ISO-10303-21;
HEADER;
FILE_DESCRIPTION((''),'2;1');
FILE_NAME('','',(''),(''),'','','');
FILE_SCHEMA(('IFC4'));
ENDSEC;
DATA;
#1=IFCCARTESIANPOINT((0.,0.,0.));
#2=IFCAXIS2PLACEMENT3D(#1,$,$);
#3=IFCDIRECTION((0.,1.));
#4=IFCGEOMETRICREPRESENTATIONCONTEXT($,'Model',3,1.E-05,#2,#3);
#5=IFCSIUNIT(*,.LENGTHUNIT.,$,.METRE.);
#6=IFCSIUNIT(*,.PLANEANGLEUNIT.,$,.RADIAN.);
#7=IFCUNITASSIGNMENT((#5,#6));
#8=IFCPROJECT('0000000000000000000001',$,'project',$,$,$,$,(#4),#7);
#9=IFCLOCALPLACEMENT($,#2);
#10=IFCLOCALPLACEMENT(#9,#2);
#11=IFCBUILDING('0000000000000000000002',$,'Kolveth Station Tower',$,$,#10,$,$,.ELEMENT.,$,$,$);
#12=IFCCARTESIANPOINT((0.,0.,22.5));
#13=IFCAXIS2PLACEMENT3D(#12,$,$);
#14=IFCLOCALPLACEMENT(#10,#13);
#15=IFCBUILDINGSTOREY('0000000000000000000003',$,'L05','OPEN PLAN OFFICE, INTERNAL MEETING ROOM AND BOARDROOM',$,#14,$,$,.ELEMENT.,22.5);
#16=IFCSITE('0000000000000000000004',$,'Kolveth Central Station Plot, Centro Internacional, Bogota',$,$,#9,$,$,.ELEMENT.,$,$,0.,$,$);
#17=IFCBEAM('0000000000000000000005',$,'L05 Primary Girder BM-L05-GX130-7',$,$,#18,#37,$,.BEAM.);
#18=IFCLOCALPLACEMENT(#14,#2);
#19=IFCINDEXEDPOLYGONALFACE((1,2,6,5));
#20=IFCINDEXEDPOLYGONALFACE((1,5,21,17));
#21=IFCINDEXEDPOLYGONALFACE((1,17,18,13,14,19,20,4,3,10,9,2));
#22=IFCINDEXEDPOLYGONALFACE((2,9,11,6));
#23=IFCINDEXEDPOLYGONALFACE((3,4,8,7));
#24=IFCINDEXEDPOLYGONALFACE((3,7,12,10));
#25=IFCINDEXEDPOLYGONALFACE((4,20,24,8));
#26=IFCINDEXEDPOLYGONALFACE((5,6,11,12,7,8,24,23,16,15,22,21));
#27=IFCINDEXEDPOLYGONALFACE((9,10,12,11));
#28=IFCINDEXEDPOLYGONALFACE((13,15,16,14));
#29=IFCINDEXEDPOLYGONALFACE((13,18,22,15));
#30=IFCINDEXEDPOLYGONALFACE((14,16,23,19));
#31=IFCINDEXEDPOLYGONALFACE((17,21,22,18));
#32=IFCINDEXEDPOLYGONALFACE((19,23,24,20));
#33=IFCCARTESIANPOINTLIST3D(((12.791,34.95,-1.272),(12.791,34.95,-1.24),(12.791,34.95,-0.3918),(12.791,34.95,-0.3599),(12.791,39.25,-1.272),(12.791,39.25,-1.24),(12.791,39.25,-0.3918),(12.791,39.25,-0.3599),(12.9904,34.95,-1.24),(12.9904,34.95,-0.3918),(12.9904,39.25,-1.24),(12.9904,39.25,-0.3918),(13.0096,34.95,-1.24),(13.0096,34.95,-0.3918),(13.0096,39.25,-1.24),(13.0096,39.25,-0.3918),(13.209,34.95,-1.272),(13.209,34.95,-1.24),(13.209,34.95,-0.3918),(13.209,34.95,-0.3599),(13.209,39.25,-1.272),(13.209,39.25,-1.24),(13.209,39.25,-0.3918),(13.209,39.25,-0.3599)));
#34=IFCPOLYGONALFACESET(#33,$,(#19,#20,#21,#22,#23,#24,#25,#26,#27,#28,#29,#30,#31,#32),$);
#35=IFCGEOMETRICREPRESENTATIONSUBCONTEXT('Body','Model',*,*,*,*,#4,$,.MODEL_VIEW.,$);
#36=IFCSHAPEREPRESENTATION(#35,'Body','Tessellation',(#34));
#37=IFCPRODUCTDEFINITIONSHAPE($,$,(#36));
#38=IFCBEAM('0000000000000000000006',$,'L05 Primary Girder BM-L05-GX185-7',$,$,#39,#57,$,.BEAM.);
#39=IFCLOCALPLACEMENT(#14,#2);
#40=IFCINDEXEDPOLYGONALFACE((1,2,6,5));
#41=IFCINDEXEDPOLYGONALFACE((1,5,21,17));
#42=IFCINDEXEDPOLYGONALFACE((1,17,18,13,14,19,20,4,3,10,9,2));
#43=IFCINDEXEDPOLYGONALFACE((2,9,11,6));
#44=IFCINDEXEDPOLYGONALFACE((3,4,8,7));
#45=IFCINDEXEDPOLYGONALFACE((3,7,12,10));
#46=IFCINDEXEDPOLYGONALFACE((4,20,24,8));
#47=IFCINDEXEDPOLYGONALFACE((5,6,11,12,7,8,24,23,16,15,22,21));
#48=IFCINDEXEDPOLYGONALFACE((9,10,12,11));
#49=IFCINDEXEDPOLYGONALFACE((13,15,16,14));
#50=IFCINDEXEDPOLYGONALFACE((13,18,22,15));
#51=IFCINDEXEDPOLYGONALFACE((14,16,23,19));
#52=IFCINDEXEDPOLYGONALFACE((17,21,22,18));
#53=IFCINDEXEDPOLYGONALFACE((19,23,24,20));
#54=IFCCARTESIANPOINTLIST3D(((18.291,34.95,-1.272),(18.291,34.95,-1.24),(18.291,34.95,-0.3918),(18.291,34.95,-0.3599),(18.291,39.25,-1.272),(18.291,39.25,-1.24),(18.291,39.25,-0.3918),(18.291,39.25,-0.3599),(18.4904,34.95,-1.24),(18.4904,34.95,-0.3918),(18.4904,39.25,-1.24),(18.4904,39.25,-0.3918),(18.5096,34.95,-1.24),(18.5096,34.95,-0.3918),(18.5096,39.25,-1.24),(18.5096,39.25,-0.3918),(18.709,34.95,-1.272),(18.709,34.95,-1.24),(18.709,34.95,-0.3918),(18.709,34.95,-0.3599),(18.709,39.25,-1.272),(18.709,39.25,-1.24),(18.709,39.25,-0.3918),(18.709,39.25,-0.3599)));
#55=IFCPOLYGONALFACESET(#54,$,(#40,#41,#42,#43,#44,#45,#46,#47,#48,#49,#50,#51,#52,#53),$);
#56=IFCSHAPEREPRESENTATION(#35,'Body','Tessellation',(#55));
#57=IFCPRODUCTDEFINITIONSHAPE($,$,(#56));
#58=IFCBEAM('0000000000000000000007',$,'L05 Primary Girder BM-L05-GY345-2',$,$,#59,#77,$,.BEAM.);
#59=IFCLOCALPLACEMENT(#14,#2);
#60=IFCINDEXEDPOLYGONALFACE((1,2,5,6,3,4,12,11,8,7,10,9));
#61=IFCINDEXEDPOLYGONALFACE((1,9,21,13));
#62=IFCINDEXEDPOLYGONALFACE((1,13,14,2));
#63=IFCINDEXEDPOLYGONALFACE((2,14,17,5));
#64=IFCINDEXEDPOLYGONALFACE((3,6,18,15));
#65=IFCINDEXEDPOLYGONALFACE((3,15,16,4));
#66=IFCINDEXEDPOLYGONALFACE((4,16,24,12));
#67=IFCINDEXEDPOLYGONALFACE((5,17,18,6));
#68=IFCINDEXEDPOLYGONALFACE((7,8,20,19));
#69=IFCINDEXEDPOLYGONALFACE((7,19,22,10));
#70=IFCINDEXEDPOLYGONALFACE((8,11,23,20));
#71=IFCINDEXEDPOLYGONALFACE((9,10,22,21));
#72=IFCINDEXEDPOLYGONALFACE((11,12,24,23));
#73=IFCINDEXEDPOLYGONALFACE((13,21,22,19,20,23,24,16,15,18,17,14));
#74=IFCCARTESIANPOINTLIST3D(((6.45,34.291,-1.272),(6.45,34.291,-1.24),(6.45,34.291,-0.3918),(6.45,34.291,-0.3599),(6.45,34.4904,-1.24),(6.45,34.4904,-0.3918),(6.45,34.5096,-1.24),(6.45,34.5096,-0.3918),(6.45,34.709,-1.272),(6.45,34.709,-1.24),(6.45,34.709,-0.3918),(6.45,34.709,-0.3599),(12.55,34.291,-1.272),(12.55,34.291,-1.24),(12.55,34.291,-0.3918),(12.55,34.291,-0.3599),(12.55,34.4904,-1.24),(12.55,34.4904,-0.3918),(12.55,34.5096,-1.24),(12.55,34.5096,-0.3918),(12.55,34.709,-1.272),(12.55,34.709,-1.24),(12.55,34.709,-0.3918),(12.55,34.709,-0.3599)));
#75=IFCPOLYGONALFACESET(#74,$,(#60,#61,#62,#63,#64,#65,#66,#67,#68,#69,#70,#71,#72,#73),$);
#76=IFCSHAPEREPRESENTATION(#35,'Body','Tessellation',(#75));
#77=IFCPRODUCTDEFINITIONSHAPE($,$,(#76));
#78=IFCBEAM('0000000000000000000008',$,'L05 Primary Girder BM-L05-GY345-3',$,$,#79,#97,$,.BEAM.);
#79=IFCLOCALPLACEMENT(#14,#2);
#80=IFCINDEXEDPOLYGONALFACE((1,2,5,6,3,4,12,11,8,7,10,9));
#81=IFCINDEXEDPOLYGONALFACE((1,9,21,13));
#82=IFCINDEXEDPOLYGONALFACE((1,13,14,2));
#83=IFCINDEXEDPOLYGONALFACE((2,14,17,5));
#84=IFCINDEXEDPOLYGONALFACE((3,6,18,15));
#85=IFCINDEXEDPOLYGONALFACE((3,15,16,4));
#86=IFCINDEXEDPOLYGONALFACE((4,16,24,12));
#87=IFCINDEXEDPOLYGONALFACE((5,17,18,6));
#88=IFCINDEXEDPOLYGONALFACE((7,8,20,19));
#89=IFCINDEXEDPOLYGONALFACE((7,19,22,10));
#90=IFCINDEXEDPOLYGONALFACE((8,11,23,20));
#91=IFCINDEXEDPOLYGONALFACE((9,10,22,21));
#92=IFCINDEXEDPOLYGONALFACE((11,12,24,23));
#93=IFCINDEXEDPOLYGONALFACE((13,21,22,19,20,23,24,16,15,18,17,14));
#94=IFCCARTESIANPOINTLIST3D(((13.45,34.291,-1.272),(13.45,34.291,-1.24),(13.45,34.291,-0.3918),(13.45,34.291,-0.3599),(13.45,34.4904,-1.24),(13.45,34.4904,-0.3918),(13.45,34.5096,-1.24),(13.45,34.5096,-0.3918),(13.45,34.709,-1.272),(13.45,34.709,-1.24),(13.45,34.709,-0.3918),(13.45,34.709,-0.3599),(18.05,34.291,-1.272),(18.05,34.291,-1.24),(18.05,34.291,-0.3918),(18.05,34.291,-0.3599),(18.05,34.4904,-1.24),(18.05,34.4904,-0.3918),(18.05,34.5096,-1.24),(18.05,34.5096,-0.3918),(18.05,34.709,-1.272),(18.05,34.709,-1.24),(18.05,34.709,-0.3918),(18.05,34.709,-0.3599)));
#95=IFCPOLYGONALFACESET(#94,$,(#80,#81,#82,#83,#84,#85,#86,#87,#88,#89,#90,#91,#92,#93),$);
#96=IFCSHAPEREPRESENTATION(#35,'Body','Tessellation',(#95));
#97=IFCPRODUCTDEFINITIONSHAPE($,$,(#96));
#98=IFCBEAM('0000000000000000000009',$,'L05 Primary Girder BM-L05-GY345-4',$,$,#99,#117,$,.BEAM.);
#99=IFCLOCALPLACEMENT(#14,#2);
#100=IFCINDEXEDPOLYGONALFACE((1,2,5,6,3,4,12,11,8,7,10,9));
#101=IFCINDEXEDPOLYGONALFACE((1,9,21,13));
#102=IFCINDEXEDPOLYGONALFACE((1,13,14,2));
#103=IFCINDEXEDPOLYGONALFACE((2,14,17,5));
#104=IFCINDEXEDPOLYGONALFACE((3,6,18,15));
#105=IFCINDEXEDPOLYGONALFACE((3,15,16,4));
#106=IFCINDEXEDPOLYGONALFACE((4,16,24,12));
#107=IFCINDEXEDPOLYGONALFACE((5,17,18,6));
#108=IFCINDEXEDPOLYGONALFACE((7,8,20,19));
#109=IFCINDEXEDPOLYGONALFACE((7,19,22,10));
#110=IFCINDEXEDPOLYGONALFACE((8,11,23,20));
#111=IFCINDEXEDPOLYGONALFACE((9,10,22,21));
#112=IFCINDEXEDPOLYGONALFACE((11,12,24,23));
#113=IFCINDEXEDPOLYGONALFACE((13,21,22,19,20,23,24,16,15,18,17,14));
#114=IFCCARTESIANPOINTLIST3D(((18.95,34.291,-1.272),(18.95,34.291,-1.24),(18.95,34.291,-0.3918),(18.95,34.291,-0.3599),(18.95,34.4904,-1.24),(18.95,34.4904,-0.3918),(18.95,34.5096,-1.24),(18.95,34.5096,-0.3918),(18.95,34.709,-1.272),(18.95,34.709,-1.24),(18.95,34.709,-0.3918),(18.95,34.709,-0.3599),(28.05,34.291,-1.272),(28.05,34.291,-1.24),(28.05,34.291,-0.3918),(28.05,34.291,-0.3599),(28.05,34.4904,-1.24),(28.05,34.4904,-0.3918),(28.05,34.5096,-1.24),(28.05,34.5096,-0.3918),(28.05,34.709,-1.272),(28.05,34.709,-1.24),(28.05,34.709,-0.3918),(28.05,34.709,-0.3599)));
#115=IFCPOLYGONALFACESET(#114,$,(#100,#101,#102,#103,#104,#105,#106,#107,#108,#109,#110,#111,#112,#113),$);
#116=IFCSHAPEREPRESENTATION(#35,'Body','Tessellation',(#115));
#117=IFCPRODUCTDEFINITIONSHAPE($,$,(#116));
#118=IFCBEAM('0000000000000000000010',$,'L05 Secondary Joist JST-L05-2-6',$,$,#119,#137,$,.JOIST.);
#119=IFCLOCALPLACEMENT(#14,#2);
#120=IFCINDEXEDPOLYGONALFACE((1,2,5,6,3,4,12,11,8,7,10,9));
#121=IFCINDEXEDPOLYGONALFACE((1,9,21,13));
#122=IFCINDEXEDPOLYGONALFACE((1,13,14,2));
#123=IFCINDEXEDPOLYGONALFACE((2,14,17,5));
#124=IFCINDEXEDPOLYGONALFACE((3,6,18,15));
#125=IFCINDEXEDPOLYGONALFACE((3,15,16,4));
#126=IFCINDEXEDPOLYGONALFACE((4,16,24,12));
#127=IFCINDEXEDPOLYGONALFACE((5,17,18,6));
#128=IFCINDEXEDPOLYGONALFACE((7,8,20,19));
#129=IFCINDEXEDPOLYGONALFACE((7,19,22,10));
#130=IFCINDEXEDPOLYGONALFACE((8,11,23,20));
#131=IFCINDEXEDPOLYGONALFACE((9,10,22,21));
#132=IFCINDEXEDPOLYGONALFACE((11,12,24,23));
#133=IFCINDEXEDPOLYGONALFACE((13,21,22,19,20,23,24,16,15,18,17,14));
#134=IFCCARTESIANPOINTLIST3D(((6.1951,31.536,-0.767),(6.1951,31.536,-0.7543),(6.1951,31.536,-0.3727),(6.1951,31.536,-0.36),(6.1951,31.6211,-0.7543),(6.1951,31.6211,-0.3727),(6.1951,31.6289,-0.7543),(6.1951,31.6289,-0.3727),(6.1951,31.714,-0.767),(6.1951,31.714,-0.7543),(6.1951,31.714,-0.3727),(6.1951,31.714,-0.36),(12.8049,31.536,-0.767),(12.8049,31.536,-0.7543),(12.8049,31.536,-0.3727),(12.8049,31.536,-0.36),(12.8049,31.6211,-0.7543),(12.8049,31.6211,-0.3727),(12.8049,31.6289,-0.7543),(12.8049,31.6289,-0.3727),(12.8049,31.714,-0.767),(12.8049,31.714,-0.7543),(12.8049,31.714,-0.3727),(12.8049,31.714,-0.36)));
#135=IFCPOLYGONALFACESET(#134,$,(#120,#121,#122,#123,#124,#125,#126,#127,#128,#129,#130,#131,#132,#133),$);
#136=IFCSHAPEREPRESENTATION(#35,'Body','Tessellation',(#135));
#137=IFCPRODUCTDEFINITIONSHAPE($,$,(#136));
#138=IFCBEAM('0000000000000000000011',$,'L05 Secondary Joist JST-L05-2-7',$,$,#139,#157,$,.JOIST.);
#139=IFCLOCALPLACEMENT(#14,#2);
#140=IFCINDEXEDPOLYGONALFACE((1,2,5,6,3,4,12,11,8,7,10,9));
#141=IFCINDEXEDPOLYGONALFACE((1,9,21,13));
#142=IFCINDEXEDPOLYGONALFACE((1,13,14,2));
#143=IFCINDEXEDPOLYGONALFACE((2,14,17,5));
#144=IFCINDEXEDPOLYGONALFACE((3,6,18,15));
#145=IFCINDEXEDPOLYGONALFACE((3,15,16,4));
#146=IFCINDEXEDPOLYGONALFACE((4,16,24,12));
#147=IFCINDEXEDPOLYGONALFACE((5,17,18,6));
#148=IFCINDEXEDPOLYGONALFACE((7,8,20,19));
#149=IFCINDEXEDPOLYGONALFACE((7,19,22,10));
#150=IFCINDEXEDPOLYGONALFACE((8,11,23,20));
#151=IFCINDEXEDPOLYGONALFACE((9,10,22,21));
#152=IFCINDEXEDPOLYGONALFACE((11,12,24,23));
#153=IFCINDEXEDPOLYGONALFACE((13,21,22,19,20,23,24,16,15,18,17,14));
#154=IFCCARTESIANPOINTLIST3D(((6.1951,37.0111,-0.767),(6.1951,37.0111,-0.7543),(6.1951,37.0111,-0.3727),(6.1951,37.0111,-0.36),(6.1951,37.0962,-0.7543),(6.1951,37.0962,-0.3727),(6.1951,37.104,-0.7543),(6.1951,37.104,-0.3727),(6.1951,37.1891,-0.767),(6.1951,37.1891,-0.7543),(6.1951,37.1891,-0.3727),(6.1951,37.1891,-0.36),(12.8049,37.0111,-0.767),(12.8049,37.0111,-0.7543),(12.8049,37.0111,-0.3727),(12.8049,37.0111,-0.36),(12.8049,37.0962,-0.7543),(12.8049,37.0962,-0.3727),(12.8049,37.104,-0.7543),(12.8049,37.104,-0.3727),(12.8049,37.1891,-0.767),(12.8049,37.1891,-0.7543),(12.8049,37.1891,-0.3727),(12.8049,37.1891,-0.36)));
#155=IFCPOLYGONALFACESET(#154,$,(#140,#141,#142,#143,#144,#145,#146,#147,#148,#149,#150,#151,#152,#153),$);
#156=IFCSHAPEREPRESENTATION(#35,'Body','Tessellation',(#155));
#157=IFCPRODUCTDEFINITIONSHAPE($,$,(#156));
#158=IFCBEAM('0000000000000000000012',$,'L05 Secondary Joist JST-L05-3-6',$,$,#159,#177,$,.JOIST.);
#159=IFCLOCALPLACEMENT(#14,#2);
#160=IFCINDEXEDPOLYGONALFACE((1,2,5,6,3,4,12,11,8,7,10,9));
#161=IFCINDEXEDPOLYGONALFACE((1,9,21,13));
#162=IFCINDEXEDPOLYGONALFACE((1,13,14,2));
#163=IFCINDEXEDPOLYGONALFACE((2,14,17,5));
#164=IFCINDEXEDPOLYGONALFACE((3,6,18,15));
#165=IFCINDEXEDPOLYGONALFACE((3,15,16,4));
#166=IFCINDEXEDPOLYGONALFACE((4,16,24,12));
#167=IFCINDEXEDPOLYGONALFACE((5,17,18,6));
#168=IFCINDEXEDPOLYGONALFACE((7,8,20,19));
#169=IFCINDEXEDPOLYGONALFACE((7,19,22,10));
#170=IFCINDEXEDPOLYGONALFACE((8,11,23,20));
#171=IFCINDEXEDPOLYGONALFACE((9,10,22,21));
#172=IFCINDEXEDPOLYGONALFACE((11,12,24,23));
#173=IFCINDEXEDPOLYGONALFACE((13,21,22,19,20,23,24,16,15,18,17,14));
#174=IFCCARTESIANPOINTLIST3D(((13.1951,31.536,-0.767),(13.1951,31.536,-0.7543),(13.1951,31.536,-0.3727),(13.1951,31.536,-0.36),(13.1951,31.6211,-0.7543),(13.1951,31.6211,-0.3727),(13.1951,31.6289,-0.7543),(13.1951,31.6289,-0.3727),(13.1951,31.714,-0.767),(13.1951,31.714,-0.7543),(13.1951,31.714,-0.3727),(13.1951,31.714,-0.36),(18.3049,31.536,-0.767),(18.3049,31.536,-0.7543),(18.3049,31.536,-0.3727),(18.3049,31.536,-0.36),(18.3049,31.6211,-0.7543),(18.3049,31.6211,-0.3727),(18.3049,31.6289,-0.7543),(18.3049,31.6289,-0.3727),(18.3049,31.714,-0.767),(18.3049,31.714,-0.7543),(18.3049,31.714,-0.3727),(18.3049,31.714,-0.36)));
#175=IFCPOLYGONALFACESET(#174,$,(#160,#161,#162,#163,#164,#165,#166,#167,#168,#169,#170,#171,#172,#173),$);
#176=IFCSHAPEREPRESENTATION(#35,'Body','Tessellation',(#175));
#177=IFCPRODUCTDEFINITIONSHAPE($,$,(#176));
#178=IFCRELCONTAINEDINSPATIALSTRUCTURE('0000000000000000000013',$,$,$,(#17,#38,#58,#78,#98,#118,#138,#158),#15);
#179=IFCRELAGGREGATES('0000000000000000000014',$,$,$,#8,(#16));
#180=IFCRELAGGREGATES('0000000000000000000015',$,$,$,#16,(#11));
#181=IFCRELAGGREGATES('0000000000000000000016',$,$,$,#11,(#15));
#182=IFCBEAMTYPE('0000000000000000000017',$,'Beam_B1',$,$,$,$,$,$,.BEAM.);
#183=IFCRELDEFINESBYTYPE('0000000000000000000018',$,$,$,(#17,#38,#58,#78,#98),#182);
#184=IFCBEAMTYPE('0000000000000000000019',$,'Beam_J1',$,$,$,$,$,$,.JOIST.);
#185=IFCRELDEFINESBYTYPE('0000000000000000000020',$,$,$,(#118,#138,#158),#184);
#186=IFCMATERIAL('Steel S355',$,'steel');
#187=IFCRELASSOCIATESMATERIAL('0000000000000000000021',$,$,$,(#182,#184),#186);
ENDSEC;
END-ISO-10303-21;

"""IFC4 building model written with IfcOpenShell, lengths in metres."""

from ifc_helpers import new_model, si_unit, direction, frame, origin, origin_2d, place, context, subcontext, project, spatial, i_section, extrude, source, transform, mapped, material, material_profile, profile_set, type_object, element, save


model = new_model("IFC4")

# Units and contexts
model_context = context("Model", 3, precision=1e-05, world=origin(), true_north=direction((0.0, 1.0)))
body_context = subcontext(model_context, "Body", "Model", "MODEL_VIEW")
ifc_project = project(units=[si_unit("LENGTHUNIT", "METRE"), si_unit("PLANEANGLEUNIT", "RADIAN")], contexts=[model_context])

# Site, building, storey
site_placement = place(None, origin())
site = spatial("IfcSite", under=ifc_project, at=site_placement, Name="Kolveth Central Station Plot, Centro Internacional, Bogota", CompositionType="ELEMENT", RefElevation=0.0)
building_placement = place(site_placement, origin())
building = spatial("IfcBuilding", under=site, at=building_placement, Name="Kolveth Station Tower", CompositionType="ELEMENT")
storey_placement = place(building_placement, frame((0.0, 0.0, 22.5)))
storey = spatial("IfcBuildingStorey", under=building, at=storey_placement, Name="L05", Description="OPEN PLAN OFFICE, INTERNAL MEETING ROOM AND BOARDROOM", CompositionType="ELEMENT", Elevation=22.5)

# Shared definitions
ifc_material_1 = material(Name="Steel S355", Category="steel")

# Beams
ifc_material_profile_1 = material_profile(ifc_material_1, i_section(OverallWidth=0.418, OverallDepth=0.9121, WebThickness=0.0193, FlangeThickness=0.032, at=origin_2d()), Name="W920x342")
ifc_profile_set_1 = profile_set([ifc_material_profile_1], Name="Steel S355")
beam_type_1 = type_object("IfcBeamType", Name="Beam_B1", PredefinedType="BEAM", material=ifc_profile_set_1)
shared_shape_1 = source(origin(), body_context, "Body", "SweptSolid", [
    extrude(i_section(OverallWidth=0.418, OverallDepth=0.9121, WebThickness=0.0193, FlangeThickness=0.032, at=origin_2d()), origin(), (0.0, 0.0, 1.0), 4.3),
])
for number, where, z_axis, x_axis, name in (
    (1, (13.0, 34.95, -0.8159), (0.0, 1.0, 0.0), (-1.0, 0.0, 0.0), "L05 Primary Girder BM-L05-GX130-7"),
    (2, (18.5, 34.95, -0.8159), (0.0, 1.0, 0.0), (-1.0, 0.0, 0.0), "L05 Primary Girder BM-L05-GX185-7"),
):
    element("IfcBeam", number, at=place(storey_placement, frame(where, z_axis=z_axis, x_axis=x_axis)), inside=storey, type_object=beam_type_1, Name=name, PredefinedType="BEAM", context=body_context, shape_type="MappedRepresentation", body=[
        mapped(shared_shape_1, transform((0.0, 0.0, 0.0), x_axis=(1.0, 0.0, 0.0), y_axis=(0.0, 1.0, 0.0), z_axis=(0.0, 0.0, 1.0), scale=1.0)),
    ])
shared_shape_2 = source(origin(), body_context, "Body", "SweptSolid", [
    extrude(i_section(OverallWidth=0.418, OverallDepth=0.9121, WebThickness=0.0193, FlangeThickness=0.032, at=origin_2d()), origin(), (0.0, 0.0, 1.0), 6.1001),
])
beam_1_placement = place(storey_placement, frame((6.45, 34.5, -0.8159), z_axis=(1.0, 0.0, 0.0), x_axis=(0.0, 1.0, 0.0)))
element("IfcBeam", 3, at=beam_1_placement, inside=storey, type_object=beam_type_1, Name="L05 Primary Girder BM-L05-GY345-2", PredefinedType="BEAM", context=body_context, shape_type="MappedRepresentation", body=[
    mapped(shared_shape_2, transform((0.0, 0.0, 0.0), x_axis=(1.0, 0.0, 0.0), y_axis=(0.0, 1.0, 0.0), z_axis=(0.0, 0.0, 1.0), scale=1.0)),
])
shared_shape_3 = source(origin(), body_context, "Body", "SweptSolid", [
    extrude(i_section(OverallWidth=0.418, OverallDepth=0.9121, WebThickness=0.0193, FlangeThickness=0.032, at=origin_2d()), origin(), (0.0, 0.0, 1.0), 4.6001),
])
beam_2_placement = place(storey_placement, frame((13.45, 34.5, -0.8159), z_axis=(1.0, 0.0, 0.0), x_axis=(0.0, 1.0, 0.0)))
element("IfcBeam", 4, at=beam_2_placement, inside=storey, type_object=beam_type_1, Name="L05 Primary Girder BM-L05-GY345-3", PredefinedType="BEAM", context=body_context, shape_type="MappedRepresentation", body=[
    mapped(shared_shape_3, transform((0.0, 0.0, 0.0), x_axis=(1.0, 0.0, 0.0), y_axis=(0.0, 1.0, 0.0), z_axis=(0.0, 0.0, 1.0), scale=1.0)),
])
shared_shape_4 = source(origin(), body_context, "Body", "SweptSolid", [
    extrude(i_section(OverallWidth=0.418, OverallDepth=0.9121, WebThickness=0.0193, FlangeThickness=0.032, at=origin_2d()), origin(), (0.0, 0.0, 1.0), 9.1001),
])
beam_3_placement = place(storey_placement, frame((18.95, 34.5, -0.8159), z_axis=(1.0, 0.0, 0.0), x_axis=(0.0, 1.0, 0.0)))
element("IfcBeam", 5, at=beam_3_placement, inside=storey, type_object=beam_type_1, Name="L05 Primary Girder BM-L05-GY345-4", PredefinedType="BEAM", context=body_context, shape_type="MappedRepresentation", body=[
    mapped(shared_shape_4, transform((0.0, 0.0, 0.0), x_axis=(1.0, 0.0, 0.0), y_axis=(0.0, 1.0, 0.0), z_axis=(0.0, 0.0, 1.0), scale=1.0)),
])
ifc_material_profile_2 = material_profile(ifc_material_1, i_section(OverallWidth=0.178, OverallDepth=0.407, WebThickness=0.0078, FlangeThickness=0.0127, at=origin_2d()), Name="W410x60")
ifc_profile_set_2 = profile_set([ifc_material_profile_2], Name="Steel S355")
beam_type_2 = type_object("IfcBeamType", Name="Beam_J1", PredefinedType="JOIST", material=ifc_profile_set_2)
shared_shape_5 = source(origin(), body_context, "Body", "SweptSolid", [
    extrude(i_section(OverallWidth=0.178, OverallDepth=0.407, WebThickness=0.0078, FlangeThickness=0.0127, at=origin_2d()), origin(), (0.0, 0.0, 1.0), 6.6099),
])
for number, where, z_axis, x_axis, name in (
    (6, (6.1951, 31.625, -0.5635), (1.0, 0.0, 0.0), (0.0, 1.0, 0.0), "L05 Secondary Joist JST-L05-2-6"),
    (7, (6.1951, 37.1001, -0.5635), (1.0, 0.0, 0.0), (0.0, 1.0, 0.0), "L05 Secondary Joist JST-L05-2-7"),
):
    element("IfcBeam", number, at=place(storey_placement, frame(where, z_axis=z_axis, x_axis=x_axis)), inside=storey, type_object=beam_type_2, Name=name, PredefinedType="JOIST", context=body_context, shape_type="MappedRepresentation", body=[
        mapped(shared_shape_5, transform((0.0, 0.0, 0.0), x_axis=(1.0, 0.0, 0.0), y_axis=(0.0, 1.0, 0.0), z_axis=(0.0, 0.0, 1.0), scale=1.0)),
    ])
shared_shape_6 = source(origin(), body_context, "Body", "SweptSolid", [
    extrude(i_section(OverallWidth=0.178, OverallDepth=0.407, WebThickness=0.0078, FlangeThickness=0.0127, at=origin_2d()), origin(), (0.0, 0.0, 1.0), 5.1099),
])
for number, where, z_axis, x_axis, name in (
    (8, (13.1951, 31.625, -0.5635), (1.0, 0.0, 0.0), (0.0, 1.0, 0.0), "L05 Secondary Joist JST-L05-3-6"),
):
    element("IfcBeam", number, at=place(storey_placement, frame(where, z_axis=z_axis, x_axis=x_axis)), inside=storey, type_object=beam_type_2, Name=name, PredefinedType="JOIST", context=body_context, shape_type="MappedRepresentation", body=[
        mapped(shared_shape_6, transform((0.0, 0.0, 0.0), x_axis=(1.0, 0.0, 0.0), y_axis=(0.0, 1.0, 0.0), z_axis=(0.0, 0.0, 1.0), scale=1.0)),
    ])

save(model, "model.ifc")
